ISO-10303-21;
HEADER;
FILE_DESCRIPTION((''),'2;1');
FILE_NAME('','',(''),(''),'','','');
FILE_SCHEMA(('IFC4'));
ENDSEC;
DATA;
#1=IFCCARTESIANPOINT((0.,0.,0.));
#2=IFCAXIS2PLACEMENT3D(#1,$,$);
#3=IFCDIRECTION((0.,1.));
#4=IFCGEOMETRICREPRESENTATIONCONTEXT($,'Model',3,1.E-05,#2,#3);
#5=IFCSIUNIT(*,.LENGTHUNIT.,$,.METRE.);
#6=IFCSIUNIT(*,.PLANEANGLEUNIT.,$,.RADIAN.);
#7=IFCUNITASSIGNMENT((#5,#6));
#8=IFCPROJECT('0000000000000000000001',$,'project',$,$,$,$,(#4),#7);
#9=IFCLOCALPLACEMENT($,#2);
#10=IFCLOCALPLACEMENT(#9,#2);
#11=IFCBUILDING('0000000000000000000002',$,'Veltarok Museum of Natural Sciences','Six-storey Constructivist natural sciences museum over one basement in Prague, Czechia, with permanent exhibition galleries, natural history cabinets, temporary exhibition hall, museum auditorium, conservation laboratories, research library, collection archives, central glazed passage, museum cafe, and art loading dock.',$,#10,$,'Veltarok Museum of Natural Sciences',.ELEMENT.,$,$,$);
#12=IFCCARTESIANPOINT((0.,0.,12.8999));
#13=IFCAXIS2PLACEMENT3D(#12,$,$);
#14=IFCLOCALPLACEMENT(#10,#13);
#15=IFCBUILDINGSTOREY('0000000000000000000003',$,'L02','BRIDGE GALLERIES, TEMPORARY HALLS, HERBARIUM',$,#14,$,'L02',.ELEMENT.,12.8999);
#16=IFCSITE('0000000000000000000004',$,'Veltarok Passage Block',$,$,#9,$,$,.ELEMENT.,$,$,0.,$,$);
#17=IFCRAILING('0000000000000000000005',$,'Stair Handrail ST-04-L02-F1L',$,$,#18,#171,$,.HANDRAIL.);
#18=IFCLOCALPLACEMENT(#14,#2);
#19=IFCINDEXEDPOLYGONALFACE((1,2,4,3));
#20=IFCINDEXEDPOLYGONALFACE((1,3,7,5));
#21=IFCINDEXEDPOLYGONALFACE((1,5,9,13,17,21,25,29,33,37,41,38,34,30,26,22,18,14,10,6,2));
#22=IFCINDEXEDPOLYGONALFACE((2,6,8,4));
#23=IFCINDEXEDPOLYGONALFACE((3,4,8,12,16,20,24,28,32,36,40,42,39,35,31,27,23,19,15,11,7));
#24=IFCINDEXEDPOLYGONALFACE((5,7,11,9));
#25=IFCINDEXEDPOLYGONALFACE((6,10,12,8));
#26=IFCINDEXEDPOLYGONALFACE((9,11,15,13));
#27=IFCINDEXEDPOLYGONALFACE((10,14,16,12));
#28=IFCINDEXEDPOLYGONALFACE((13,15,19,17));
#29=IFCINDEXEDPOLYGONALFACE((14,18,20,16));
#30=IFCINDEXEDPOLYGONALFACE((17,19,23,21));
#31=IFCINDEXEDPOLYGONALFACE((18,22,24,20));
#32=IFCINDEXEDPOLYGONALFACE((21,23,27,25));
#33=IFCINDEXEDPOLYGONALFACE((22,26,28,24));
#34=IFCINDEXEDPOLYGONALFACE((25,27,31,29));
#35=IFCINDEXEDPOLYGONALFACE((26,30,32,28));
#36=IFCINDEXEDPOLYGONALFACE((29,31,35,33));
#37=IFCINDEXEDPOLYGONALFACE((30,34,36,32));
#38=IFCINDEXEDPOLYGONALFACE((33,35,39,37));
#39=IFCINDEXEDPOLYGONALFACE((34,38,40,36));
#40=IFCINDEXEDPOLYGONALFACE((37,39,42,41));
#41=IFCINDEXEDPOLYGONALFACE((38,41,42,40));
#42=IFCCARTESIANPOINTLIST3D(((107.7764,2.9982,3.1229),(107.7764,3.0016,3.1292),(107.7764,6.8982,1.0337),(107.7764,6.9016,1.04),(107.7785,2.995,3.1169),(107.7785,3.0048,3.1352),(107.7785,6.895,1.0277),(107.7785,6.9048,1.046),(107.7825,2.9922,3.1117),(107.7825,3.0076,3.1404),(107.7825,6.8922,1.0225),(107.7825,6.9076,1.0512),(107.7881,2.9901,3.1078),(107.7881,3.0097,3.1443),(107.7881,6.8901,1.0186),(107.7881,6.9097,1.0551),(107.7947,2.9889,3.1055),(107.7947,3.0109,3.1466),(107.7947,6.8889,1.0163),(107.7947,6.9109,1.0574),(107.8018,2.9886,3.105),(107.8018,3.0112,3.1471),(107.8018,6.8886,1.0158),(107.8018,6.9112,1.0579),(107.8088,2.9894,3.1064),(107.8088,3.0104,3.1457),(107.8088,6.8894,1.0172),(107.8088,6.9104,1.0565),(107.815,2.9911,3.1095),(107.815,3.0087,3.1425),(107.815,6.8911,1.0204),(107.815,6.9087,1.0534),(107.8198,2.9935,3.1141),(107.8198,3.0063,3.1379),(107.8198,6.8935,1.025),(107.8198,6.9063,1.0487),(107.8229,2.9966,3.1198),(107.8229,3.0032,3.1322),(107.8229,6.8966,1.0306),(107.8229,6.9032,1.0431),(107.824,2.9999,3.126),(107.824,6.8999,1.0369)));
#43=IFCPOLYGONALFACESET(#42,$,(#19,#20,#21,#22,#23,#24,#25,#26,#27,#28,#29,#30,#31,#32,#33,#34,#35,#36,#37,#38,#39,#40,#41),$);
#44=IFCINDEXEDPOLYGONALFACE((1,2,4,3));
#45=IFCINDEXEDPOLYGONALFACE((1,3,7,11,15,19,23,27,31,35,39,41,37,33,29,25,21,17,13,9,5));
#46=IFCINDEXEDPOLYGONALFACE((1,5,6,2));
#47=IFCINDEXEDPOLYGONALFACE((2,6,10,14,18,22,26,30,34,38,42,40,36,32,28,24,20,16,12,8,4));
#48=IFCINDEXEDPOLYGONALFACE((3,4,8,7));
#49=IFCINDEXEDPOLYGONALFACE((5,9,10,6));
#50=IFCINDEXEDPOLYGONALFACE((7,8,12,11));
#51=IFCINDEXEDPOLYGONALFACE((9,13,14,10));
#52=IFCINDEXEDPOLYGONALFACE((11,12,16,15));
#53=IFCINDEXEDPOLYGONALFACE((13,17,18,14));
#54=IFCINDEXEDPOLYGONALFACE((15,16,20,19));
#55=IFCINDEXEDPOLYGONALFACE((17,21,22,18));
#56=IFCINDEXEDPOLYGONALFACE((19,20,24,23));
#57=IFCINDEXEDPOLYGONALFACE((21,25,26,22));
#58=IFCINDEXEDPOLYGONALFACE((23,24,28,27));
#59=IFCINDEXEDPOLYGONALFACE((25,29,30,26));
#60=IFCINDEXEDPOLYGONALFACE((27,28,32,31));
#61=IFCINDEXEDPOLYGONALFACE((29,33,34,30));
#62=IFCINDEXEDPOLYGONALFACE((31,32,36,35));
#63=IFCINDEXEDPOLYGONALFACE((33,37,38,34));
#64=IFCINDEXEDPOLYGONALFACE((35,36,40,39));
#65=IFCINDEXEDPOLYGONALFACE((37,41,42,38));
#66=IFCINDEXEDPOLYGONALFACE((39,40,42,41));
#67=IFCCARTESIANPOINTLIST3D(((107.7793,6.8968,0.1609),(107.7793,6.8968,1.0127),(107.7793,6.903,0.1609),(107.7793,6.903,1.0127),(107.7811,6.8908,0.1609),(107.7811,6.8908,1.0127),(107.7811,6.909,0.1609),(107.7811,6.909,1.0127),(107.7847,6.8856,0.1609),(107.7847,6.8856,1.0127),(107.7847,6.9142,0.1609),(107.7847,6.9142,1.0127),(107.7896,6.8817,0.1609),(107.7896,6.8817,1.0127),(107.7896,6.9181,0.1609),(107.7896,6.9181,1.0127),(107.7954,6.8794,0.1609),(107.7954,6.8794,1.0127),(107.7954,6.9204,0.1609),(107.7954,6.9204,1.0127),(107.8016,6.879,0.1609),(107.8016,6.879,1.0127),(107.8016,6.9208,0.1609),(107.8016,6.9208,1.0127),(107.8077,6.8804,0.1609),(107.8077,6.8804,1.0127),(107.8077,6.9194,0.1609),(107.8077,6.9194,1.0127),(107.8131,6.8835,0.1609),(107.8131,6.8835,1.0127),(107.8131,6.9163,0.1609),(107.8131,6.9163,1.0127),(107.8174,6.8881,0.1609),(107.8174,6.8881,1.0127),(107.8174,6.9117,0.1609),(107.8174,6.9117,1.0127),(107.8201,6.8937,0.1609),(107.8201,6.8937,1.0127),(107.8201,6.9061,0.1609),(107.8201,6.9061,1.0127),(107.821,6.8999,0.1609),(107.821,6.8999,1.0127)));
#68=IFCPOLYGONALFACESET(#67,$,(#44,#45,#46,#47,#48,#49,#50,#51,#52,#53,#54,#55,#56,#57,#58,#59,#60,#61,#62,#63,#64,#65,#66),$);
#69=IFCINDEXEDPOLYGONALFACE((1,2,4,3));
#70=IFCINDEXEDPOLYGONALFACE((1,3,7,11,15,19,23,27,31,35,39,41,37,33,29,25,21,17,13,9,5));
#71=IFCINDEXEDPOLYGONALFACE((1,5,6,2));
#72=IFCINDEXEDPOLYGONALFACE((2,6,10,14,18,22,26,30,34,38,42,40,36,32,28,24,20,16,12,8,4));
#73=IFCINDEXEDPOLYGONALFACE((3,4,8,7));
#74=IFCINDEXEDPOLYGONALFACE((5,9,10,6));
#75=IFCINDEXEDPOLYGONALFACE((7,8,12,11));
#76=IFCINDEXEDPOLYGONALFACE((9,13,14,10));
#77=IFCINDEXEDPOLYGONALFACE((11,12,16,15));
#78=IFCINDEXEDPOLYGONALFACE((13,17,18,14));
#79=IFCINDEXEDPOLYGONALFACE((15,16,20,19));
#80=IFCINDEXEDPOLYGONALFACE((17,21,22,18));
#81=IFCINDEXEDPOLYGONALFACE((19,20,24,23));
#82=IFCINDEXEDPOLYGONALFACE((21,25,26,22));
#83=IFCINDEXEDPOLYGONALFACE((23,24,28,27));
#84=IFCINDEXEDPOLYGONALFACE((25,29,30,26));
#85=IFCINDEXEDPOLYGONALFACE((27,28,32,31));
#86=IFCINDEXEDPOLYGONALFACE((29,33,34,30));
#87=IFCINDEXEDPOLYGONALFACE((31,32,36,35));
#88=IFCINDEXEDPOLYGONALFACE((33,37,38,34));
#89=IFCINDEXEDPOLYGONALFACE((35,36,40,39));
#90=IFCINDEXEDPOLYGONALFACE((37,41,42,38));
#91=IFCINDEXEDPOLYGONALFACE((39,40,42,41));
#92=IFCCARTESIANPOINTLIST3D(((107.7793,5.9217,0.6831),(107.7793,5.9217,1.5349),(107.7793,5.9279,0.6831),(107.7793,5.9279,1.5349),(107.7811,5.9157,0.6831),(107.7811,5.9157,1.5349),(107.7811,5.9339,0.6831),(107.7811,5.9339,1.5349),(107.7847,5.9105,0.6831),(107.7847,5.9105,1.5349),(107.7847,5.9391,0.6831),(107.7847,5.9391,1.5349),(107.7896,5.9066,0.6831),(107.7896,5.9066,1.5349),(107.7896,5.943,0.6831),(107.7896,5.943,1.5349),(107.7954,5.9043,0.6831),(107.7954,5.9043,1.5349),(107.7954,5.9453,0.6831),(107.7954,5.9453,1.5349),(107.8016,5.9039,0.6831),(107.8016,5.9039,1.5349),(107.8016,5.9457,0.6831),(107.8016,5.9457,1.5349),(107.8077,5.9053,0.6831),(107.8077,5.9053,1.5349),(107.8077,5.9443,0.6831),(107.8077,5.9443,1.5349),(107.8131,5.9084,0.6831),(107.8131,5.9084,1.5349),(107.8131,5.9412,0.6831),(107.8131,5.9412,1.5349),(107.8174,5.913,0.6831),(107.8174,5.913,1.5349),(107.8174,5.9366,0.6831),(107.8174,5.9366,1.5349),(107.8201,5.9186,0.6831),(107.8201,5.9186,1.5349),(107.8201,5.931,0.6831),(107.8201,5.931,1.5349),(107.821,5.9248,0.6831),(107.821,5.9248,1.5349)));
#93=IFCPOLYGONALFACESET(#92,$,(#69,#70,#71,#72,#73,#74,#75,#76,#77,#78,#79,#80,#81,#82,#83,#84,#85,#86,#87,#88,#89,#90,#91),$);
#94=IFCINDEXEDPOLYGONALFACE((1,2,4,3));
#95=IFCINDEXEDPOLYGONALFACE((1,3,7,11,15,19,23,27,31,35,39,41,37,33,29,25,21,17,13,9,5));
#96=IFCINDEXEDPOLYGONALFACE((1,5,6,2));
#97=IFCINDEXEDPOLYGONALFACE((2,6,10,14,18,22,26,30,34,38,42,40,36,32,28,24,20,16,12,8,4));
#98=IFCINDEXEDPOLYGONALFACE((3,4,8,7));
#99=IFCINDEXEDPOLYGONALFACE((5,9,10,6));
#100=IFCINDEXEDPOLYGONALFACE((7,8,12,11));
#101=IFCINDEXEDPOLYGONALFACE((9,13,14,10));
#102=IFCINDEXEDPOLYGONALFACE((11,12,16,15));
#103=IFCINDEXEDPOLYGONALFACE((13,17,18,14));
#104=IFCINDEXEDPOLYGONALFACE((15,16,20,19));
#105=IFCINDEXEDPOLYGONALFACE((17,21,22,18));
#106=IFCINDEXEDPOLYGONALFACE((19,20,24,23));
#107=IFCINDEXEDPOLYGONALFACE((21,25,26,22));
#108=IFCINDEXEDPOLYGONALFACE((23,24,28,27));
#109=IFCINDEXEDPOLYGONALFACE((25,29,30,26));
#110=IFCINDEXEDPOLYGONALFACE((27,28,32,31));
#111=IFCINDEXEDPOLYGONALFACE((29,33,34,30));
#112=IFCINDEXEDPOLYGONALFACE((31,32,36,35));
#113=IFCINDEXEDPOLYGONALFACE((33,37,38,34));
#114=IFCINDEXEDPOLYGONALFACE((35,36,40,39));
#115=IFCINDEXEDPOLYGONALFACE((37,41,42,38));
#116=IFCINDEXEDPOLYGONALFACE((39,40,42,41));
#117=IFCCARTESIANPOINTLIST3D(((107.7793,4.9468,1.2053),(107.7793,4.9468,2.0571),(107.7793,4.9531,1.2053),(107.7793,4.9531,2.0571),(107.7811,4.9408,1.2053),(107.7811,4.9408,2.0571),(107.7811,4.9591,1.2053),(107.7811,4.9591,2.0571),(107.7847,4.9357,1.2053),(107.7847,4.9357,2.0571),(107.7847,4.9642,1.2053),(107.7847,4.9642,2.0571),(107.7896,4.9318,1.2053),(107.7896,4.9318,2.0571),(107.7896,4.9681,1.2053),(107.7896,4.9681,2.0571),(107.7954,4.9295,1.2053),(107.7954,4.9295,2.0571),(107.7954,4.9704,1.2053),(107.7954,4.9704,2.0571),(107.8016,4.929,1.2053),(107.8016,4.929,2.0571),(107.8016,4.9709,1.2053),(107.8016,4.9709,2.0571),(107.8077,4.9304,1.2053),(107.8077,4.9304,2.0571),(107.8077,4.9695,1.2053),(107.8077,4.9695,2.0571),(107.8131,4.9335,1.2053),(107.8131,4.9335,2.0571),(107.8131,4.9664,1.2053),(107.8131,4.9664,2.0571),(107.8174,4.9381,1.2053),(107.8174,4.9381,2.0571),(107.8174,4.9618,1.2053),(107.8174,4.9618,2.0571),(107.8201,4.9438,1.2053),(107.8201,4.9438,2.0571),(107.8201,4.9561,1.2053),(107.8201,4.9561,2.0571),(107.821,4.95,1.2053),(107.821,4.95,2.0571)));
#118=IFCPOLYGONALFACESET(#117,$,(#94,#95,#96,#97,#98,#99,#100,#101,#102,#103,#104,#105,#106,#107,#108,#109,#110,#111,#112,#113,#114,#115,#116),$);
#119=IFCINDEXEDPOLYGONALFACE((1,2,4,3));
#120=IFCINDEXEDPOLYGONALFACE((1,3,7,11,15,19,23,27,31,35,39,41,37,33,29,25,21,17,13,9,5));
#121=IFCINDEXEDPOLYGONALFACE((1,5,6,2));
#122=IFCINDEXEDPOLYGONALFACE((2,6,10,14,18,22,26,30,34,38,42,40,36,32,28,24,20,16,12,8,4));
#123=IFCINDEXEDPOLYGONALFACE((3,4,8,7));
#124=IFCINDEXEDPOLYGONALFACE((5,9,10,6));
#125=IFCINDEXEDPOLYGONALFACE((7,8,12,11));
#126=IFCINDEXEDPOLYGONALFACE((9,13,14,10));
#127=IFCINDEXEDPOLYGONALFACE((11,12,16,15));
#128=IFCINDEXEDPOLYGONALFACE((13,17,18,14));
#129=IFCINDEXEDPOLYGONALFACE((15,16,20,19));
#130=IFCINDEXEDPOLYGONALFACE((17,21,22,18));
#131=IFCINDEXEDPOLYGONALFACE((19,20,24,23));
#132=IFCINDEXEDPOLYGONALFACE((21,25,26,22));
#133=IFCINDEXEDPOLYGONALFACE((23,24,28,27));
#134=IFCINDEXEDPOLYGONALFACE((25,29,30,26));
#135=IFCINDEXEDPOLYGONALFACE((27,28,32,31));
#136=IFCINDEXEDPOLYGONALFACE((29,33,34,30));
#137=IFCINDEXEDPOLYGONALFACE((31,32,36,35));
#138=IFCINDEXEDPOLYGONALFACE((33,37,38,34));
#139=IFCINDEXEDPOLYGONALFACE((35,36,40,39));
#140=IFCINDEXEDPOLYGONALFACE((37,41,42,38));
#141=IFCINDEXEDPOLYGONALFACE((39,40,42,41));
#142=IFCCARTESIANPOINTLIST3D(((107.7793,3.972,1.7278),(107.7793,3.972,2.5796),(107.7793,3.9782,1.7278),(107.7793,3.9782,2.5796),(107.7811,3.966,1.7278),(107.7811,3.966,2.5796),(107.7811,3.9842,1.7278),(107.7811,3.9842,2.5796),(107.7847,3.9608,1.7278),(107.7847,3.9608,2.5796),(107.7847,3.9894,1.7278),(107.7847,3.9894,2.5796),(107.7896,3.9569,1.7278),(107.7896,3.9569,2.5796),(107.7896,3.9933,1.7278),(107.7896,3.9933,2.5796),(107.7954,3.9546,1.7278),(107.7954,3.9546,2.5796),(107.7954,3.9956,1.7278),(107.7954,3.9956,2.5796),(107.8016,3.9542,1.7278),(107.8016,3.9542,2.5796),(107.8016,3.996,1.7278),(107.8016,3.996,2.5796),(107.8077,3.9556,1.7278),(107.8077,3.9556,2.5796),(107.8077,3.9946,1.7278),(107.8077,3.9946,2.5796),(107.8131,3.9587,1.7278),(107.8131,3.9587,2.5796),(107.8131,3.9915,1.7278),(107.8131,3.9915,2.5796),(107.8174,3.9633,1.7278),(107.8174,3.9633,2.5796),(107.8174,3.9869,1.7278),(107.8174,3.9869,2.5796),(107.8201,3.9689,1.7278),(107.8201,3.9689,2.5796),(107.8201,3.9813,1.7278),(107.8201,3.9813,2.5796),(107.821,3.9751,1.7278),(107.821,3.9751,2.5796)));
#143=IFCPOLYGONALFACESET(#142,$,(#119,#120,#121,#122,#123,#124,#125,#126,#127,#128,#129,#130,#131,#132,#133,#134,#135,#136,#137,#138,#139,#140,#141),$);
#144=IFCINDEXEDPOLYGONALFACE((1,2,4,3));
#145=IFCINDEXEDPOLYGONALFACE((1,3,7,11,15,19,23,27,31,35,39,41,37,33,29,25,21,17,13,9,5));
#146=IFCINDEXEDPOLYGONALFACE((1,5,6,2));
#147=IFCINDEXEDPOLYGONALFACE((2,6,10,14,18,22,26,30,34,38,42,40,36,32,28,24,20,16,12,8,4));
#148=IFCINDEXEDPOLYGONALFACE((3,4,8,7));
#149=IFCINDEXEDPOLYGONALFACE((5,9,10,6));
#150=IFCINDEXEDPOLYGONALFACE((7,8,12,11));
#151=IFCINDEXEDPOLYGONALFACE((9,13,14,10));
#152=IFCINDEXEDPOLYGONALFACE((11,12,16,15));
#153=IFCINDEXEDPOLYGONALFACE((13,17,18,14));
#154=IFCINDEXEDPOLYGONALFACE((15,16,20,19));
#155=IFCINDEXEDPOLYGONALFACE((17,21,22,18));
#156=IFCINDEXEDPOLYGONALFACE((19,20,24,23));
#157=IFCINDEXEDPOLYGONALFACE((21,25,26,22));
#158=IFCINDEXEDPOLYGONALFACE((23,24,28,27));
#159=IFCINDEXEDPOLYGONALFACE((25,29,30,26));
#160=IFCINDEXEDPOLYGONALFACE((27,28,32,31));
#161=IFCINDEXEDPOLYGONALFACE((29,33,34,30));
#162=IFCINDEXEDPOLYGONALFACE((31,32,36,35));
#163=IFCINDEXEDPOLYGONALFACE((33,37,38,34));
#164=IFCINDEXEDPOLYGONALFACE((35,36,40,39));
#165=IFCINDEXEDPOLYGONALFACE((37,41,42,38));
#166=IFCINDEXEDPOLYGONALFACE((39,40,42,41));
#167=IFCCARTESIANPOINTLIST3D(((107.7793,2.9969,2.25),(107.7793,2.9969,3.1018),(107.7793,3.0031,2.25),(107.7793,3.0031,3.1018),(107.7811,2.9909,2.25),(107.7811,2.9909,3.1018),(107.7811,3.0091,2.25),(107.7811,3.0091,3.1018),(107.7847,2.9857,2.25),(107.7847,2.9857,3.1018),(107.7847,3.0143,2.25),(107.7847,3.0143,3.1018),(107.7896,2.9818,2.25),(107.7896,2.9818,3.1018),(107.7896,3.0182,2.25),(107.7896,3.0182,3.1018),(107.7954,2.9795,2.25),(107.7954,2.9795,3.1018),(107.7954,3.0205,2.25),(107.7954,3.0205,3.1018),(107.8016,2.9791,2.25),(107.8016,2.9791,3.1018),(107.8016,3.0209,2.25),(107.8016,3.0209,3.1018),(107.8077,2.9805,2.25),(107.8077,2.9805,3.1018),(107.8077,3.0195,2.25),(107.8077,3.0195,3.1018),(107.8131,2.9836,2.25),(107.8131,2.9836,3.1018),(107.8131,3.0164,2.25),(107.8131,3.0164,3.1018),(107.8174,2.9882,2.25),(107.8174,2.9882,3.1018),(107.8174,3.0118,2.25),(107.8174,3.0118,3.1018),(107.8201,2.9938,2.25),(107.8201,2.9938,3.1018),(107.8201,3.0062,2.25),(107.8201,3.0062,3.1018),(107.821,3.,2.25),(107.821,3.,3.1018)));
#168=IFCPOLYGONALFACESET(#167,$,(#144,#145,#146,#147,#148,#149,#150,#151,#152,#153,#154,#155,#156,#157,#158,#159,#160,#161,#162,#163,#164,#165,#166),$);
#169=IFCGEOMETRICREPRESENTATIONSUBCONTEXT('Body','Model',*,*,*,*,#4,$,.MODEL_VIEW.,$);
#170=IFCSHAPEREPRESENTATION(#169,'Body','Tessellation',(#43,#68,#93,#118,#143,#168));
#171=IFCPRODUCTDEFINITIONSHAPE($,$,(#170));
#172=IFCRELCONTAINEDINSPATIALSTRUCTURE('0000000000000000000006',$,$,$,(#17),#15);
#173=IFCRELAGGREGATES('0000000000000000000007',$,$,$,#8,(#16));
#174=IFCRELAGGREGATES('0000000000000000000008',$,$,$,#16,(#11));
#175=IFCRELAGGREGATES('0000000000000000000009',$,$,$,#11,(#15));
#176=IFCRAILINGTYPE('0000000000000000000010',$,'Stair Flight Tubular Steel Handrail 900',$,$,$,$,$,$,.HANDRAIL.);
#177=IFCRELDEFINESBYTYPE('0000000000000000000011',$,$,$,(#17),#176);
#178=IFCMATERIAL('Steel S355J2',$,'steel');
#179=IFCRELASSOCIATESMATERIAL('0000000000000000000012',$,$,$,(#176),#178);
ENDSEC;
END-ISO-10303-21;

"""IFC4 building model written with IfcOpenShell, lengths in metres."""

from ifc_helpers import new_model, si_unit, direction, frame, origin, origin_2d, place, context, subcontext, project, spatial, circle, extrude, material, type_object, element, save


model = new_model("IFC4")

# Units and contexts
model_context = context("Model", 3, precision=1e-05, world=origin(), true_north=direction((0.0, 1.0)))
body_context = subcontext(model_context, "Body", "Model", "MODEL_VIEW")
ifc_project = project(units=[si_unit("LENGTHUNIT", "METRE"), si_unit("PLANEANGLEUNIT", "RADIAN")], contexts=[model_context])

# Site, building, storey
site_placement = place(None, origin())
site = spatial("IfcSite", under=ifc_project, at=site_placement, Name="Veltarok Passage Block", CompositionType="ELEMENT", RefElevation=0.0)
building_placement = place(site_placement, origin())
building = spatial("IfcBuilding", under=site, at=building_placement, Name="Veltarok Museum of Natural Sciences", Description="Six-storey Constructivist natural sciences museum over one basement in Prague, Czechia, with permanent exhibition galleries, natural history cabinets, temporary exhibition hall, museum auditorium, conservation laboratories, research library, collection archives, central glazed passage, museum cafe, and art loading dock.", LongName="Veltarok Museum of Natural Sciences", CompositionType="ELEMENT")
storey_placement = place(building_placement, frame((0.0, 0.0, 12.8999)))
storey = spatial("IfcBuildingStorey", under=building, at=storey_placement, Name="L02", Description="BRIDGE GALLERIES, TEMPORARY HALLS, HERBARIUM", LongName="L02", CompositionType="ELEMENT", Elevation=12.8999)

# Shared definitions
ifc_material_1 = material(Name="Steel S355J2", Category="steel")

# Railing
railing_type_1 = type_object("IfcRailingType", Name="Stair Flight Tubular Steel Handrail 900", PredefinedType="HANDRAIL", material=ifc_material_1)
for number, where, name in (
    (1, (107.8, 6.8999, 0.1609), "Stair Handrail ST-04-L02-F1L"),
):
    element("IfcRailing", number, at=place(storey_placement, frame(where)), inside=storey, type_object=railing_type_1, Name=name, PredefinedType="HANDRAIL", context=body_context, shape_type="SweptSolid", body=[
        extrude(circle(Radius=0.0239, at=origin_2d()), frame((0.0, 0.0, 0.876), z_axis=(0.0, -0.881491, 0.4722), x_axis=(1.0, 0.0, 0.0)), (0.0, 0.0, 1.0), 4.4243),
        extrude(circle(Radius=0.021, at=origin_2d()), origin(), (0.0, 0.0, 1.0), 0.8518),
        extrude(circle(Radius=0.021, at=origin_2d()), frame((0.0, -0.9751, 0.5222)), (0.0, 0.0, 1.0), 0.8518),
        extrude(circle(Radius=0.021, at=origin_2d()), frame((0.0, -1.95, 1.0444)), (0.0, 0.0, 1.0), 0.8518),
        extrude(circle(Radius=0.021, at=origin_2d()), frame((0.0, -2.9248, 1.5669)), (0.0, 0.0, 1.0), 0.8518),
        extrude(circle(Radius=0.021, at=origin_2d()), frame((0.0, -3.8999, 2.0891)), (0.0, 0.0, 1.0), 0.8518),
    ])

save(model, "model.ifc")
